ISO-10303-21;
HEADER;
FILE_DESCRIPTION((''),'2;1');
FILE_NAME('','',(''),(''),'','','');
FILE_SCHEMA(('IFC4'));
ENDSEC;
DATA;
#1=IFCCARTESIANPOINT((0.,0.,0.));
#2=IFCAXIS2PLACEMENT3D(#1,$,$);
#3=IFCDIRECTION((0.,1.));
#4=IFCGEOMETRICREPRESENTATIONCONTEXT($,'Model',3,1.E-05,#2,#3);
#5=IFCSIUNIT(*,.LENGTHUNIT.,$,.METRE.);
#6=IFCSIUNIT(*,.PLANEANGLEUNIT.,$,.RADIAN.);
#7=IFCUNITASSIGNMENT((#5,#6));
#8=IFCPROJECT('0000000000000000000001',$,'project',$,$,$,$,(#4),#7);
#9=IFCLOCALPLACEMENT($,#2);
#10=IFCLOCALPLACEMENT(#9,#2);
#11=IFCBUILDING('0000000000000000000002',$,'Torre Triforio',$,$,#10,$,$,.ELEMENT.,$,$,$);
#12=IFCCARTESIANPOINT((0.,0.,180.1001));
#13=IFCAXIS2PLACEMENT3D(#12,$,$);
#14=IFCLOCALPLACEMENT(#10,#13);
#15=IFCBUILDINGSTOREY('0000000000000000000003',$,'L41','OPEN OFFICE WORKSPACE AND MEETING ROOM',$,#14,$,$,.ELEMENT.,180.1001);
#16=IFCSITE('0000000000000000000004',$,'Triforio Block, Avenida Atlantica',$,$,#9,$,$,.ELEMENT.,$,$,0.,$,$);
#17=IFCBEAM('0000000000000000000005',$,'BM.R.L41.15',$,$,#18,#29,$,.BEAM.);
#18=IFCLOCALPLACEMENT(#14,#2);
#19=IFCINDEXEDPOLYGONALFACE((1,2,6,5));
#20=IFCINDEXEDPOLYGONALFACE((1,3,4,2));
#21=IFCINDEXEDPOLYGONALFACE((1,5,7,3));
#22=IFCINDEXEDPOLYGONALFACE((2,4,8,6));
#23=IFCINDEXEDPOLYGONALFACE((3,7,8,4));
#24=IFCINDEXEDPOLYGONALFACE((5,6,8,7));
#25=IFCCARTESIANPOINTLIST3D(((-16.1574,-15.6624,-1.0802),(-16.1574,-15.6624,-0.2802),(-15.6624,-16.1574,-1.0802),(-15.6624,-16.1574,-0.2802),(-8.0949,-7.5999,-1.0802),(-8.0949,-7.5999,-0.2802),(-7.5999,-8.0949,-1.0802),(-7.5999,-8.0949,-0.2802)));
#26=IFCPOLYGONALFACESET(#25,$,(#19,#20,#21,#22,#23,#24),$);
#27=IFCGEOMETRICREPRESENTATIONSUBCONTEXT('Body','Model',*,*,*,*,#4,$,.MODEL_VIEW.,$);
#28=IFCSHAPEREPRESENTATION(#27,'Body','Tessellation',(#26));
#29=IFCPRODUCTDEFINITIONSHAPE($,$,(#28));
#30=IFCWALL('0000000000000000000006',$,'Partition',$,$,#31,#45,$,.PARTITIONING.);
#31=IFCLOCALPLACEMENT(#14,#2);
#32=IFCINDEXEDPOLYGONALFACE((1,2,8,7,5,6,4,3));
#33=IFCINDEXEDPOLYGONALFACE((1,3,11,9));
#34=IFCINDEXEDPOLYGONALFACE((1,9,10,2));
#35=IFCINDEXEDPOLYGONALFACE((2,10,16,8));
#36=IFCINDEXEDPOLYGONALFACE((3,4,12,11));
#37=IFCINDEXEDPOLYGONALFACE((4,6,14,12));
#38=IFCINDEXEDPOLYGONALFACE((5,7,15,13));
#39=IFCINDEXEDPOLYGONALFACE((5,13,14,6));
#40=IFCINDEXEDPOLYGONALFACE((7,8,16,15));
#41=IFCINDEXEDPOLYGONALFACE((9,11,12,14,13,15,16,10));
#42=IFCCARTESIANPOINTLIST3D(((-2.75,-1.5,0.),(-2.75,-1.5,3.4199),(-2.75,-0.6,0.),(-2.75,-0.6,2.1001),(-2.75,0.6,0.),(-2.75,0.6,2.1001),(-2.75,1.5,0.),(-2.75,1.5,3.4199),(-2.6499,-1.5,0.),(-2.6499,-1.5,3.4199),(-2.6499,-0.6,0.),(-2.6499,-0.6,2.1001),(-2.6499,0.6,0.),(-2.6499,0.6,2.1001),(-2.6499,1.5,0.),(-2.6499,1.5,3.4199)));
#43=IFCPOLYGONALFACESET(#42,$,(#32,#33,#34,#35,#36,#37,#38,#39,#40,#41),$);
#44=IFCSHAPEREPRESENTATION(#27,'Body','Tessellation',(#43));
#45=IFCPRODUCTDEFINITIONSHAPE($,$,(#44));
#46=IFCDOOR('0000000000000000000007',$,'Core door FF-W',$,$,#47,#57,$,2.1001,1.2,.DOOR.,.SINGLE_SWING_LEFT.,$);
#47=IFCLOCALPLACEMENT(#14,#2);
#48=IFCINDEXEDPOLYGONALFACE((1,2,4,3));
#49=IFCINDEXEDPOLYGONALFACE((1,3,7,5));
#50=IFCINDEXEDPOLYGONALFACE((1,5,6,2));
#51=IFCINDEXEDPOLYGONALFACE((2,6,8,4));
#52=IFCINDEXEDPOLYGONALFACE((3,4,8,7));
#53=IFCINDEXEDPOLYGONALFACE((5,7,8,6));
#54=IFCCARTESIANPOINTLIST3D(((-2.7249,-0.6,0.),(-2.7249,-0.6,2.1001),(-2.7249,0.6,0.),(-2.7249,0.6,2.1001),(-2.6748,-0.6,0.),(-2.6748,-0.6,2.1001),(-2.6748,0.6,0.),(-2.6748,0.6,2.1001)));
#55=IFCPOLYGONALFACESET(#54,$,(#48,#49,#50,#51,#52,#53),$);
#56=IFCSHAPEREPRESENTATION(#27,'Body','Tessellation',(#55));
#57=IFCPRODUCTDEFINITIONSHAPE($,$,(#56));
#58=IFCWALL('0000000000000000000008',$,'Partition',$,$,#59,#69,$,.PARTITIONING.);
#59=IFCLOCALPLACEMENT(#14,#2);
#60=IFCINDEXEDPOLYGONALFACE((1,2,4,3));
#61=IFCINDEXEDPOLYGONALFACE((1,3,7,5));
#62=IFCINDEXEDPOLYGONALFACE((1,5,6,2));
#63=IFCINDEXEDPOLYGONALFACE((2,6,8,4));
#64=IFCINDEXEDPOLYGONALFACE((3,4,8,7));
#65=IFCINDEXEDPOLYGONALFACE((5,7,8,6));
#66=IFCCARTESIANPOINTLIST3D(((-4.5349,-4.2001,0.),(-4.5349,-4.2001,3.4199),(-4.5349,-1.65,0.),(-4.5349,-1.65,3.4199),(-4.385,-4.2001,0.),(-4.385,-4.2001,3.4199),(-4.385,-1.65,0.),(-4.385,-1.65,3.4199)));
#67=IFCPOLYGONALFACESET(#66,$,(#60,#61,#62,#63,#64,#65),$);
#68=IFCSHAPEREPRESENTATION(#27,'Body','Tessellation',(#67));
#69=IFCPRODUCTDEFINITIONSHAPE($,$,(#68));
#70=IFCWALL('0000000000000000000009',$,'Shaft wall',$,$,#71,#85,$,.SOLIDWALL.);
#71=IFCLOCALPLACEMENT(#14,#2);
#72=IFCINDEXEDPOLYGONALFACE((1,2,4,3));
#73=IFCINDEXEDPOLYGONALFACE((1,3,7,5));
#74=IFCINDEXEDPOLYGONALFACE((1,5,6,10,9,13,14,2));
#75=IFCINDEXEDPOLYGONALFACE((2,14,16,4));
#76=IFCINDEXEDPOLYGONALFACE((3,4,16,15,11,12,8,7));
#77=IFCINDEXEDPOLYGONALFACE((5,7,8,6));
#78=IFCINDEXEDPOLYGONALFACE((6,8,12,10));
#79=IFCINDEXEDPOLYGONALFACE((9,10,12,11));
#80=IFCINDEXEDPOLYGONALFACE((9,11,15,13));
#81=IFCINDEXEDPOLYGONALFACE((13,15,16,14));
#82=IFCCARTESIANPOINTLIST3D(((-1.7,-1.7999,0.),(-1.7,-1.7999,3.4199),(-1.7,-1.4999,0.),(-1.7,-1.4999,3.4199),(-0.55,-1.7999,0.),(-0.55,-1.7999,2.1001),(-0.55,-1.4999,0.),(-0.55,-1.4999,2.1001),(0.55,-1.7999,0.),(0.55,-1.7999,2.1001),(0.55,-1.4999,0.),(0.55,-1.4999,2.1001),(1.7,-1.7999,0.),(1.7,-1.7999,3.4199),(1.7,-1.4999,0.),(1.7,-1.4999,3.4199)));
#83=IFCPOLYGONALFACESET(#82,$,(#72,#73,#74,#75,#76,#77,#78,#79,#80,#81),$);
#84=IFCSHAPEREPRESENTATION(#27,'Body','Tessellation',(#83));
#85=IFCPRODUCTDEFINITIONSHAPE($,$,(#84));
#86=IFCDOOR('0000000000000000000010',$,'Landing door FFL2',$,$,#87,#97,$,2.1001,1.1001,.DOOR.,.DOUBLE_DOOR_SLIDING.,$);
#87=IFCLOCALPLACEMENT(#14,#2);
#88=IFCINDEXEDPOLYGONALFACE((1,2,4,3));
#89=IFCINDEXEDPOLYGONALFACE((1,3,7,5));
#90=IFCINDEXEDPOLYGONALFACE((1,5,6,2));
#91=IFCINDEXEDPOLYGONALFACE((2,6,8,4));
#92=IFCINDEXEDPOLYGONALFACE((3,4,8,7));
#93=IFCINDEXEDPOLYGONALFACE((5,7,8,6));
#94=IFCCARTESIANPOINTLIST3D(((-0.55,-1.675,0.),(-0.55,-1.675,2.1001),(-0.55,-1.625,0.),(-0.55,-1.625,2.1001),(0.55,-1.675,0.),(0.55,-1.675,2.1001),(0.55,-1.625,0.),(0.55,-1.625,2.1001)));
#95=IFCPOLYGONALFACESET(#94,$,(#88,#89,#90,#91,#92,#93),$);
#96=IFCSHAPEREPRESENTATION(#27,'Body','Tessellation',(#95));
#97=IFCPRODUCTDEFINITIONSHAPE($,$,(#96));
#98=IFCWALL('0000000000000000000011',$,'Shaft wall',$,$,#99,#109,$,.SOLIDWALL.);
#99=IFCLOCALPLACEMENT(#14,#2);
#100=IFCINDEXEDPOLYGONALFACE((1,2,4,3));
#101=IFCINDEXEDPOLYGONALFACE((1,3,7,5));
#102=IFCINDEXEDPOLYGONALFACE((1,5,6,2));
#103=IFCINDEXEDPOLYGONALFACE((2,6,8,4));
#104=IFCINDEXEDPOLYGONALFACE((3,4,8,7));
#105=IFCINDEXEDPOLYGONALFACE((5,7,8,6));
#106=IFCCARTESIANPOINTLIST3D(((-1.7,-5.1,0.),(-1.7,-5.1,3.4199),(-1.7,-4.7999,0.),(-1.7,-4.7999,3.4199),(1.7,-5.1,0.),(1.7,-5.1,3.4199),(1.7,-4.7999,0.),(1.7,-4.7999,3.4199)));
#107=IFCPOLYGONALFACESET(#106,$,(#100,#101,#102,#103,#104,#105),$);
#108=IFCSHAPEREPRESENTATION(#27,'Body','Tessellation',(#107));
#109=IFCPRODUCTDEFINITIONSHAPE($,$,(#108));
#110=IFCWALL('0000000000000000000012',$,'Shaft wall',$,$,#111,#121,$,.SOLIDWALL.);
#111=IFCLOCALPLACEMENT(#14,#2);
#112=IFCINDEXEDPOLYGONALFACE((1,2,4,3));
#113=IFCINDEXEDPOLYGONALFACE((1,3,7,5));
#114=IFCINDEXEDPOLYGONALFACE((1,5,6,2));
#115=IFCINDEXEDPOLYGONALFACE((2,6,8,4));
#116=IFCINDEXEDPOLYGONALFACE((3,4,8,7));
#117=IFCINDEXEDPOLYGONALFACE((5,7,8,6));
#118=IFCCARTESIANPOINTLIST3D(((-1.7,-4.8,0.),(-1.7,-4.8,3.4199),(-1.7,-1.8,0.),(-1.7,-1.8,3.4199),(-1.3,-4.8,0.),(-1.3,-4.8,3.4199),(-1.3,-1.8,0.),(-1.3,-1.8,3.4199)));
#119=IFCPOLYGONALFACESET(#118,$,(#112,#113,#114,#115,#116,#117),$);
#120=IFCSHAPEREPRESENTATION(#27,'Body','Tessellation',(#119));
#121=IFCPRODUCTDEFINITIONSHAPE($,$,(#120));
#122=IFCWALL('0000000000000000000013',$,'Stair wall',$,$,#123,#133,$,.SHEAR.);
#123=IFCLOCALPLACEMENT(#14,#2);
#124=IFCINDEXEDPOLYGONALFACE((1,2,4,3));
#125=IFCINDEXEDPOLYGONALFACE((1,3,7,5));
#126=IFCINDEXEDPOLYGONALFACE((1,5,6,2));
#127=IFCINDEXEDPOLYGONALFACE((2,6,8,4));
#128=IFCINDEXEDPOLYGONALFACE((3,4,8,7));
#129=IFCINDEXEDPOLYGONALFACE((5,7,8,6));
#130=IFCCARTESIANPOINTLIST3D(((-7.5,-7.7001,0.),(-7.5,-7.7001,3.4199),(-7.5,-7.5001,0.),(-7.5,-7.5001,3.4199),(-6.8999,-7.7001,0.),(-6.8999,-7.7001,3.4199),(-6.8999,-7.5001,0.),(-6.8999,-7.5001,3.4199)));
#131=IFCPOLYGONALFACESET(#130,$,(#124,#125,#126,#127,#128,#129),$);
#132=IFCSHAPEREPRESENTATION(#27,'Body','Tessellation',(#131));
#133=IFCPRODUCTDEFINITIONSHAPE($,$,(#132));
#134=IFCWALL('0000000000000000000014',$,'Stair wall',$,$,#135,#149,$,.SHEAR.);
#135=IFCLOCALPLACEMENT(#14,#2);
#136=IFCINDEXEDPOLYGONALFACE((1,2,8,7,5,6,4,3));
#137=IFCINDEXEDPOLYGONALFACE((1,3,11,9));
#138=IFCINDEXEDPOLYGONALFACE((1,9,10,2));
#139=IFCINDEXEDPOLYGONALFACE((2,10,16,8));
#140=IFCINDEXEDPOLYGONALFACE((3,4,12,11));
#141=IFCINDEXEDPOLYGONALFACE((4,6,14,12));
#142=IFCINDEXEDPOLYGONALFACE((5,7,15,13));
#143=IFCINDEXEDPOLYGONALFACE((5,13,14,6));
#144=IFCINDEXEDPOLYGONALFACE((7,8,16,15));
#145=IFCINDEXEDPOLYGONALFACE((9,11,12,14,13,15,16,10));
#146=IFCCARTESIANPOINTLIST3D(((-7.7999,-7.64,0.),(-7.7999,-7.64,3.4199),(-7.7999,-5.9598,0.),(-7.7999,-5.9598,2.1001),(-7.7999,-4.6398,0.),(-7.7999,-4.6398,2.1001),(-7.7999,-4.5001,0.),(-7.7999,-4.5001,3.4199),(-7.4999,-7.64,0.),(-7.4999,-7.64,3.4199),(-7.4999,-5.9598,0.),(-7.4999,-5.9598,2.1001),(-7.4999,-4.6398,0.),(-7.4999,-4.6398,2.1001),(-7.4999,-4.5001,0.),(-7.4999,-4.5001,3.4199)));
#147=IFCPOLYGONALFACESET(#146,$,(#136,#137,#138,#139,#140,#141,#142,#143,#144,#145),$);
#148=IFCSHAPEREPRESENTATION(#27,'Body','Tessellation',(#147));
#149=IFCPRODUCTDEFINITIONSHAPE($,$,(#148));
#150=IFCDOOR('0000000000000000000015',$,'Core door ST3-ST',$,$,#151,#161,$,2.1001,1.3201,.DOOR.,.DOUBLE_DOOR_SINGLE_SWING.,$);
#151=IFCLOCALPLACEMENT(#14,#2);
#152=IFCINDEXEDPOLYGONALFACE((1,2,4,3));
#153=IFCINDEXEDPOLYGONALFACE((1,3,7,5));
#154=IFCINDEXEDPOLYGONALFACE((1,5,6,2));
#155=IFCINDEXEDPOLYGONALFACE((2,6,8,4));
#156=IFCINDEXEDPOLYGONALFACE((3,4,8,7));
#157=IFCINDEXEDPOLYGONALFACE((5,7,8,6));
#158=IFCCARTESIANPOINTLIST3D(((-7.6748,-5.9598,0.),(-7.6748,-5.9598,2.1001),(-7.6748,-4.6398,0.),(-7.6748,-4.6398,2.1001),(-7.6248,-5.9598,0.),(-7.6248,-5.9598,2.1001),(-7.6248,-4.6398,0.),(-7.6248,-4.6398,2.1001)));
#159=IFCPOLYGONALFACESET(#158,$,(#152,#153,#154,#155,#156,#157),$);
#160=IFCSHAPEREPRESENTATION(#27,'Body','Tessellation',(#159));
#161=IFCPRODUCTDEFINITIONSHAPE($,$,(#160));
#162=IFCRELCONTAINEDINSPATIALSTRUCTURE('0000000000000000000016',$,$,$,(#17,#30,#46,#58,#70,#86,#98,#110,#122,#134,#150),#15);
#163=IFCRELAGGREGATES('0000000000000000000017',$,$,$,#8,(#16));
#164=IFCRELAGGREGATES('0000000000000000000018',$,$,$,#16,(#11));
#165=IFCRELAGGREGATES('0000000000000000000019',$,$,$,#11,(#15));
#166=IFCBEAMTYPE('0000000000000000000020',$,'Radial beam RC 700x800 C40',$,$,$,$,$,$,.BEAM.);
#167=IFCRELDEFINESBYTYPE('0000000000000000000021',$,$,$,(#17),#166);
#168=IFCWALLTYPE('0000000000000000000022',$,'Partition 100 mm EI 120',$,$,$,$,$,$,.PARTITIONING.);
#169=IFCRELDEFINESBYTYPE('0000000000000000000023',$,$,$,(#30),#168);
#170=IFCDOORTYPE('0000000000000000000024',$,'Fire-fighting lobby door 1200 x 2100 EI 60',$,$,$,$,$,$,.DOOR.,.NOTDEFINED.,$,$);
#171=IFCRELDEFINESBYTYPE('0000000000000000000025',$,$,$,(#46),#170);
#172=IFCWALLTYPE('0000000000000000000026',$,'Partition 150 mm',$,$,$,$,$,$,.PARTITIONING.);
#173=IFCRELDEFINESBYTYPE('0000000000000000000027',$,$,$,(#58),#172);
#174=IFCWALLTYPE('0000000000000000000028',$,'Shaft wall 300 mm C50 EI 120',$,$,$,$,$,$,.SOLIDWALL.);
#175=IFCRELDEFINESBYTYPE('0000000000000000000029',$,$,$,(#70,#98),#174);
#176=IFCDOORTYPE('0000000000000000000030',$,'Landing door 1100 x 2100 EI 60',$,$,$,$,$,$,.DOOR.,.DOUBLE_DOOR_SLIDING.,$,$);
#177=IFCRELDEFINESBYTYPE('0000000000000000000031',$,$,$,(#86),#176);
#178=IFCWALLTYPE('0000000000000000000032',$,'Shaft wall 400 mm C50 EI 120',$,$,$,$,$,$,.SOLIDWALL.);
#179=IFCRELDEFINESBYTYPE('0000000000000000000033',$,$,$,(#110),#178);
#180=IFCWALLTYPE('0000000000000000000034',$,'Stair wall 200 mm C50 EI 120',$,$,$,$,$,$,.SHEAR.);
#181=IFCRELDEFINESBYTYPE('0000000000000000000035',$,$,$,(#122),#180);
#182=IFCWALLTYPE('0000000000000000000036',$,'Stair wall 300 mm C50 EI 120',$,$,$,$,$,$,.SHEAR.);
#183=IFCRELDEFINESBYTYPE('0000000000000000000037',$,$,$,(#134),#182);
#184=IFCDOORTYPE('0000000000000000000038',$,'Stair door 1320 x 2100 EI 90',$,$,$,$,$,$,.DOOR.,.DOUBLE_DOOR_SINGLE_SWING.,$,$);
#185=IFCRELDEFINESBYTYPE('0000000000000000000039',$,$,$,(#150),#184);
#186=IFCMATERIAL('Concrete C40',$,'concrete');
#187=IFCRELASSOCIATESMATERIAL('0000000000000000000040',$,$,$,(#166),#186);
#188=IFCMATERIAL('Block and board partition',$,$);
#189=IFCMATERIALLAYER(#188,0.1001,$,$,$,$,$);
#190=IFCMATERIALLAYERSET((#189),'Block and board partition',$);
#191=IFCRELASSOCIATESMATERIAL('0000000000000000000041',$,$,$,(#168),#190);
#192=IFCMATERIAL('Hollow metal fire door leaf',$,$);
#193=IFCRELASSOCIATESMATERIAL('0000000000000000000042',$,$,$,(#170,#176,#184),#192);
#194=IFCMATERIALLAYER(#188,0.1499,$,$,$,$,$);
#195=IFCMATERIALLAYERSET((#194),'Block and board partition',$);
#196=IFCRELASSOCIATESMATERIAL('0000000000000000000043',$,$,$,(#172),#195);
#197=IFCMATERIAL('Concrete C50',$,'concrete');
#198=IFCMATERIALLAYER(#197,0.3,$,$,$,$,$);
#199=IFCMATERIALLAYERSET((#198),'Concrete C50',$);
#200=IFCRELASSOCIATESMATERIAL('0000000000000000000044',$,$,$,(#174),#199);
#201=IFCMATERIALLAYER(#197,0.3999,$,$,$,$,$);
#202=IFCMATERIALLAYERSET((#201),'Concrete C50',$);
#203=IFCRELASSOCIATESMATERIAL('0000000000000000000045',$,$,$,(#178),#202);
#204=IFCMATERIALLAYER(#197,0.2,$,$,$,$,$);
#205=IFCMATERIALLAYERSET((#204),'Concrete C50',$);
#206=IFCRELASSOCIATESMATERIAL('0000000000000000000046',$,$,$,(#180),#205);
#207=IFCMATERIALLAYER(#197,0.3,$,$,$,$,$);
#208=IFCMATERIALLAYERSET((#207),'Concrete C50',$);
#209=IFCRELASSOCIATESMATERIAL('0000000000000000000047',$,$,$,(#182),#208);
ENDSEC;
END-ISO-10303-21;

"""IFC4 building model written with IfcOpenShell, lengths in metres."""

from ifc_helpers import new_model, si_unit, direction, frame, frame_2d, origin, origin_2d, place, context, subcontext, project, spatial, rectangle, extrude, material, layer, layer_set, material_profile, profile_set, type_object, element, fill, save


model = new_model("IFC4")

# Units and contexts
model_context = context("Model", 3, precision=1e-05, world=origin(), true_north=direction((0.0, 1.0)))
body_context = subcontext(model_context, "Body", "Model", "MODEL_VIEW")
ifc_project = project(units=[si_unit("LENGTHUNIT", "METRE"), si_unit("PLANEANGLEUNIT", "RADIAN")], contexts=[model_context])

# Site, building, storey
site_placement = place(None, origin())
site = spatial("IfcSite", under=ifc_project, at=site_placement, Name="Triforio Block, Avenida Atlantica", CompositionType="ELEMENT", RefElevation=0.0)
building_placement = place(site_placement, origin())
building = spatial("IfcBuilding", under=site, at=building_placement, Name="Torre Triforio", CompositionType="ELEMENT")
storey_placement = place(building_placement, frame((0.0, 0.0, 180.1001)))
storey = spatial("IfcBuildingStorey", under=building, at=storey_placement, Name="L41", Description="OPEN OFFICE WORKSPACE AND MEETING ROOM", CompositionType="ELEMENT", Elevation=180.1001)

# Beam
ifc_material_1 = material(Name="Concrete C40", Category="concrete")
ifc_material_profile = material_profile(ifc_material_1, rectangle(XDim=0.7, YDim=0.8, at=origin_2d()), Name="RC 700x800")
ifc_profile_set = profile_set([ifc_material_profile], Name="Concrete C40")
beam_type = type_object("IfcBeamType", Name="Radial beam RC 700x800 C40", PredefinedType="BEAM", material=ifc_profile_set)
beam_placement = place(storey_placement, frame((-7.8474, -7.8474, -0.6802), z_axis=(-0.707107, -0.707107, 0.0), x_axis=(0.707107, -0.707107, 0.0)))
element("IfcBeam", 1, at=beam_placement, inside=storey, type_object=beam_type, Name="BM.R.L41.15", PredefinedType="BEAM", context=body_context, shape_type="SweptSolid", body=[
    extrude(rectangle(XDim=0.7, YDim=0.8, at=origin_2d()), origin(), (0.0, 0.0, 1.0), 11.4021),
])

# Wall, opening, door
ifc_material_2 = material(Name="Block and board partition")
ifc_layer_1 = layer(ifc_material_2, 0.1001)
ifc_layer_set_1 = layer_set([ifc_layer_1], Name="Block and board partition")
wall_type_1 = type_object("IfcWallType", Name="Partition 100 mm EI 120", PredefinedType="PARTITIONING", material=ifc_layer_set_1)
wall_1_placement = place(storey_placement, frame((-2.7, -1.5, 0.0), z_axis=(0.0, 0.0, 1.0), x_axis=(0.0, 1.0, 0.0)))
wall_1 = element("IfcWall", 2, at=wall_1_placement, inside=storey, type_object=wall_type_1, Name="Partition", PredefinedType="PARTITIONING", context=body_context, shape_type="SweptSolid", body=[
    extrude(rectangle(XDim=3.0, YDim=0.1001, at=frame_2d((1.5, 0.0))), origin(), (0.0, 0.0, 1.0), 3.4199),
])
opening_1_placement = place(wall_1_placement, frame((0.8999, 0.0, 0.0)))
opening_1 = element("IfcOpeningElement", 3, at=opening_1_placement, cuts=wall_1, PredefinedType="OPENING", context=body_context, shape_type="SweptSolid", body=[
    extrude(rectangle(XDim=1.2, YDim=2.1001, at=frame_2d((0.6001, 1.05))), frame((0.0, 0.0601, 0.0), z_axis=(0.0, -1.0, 0.0), x_axis=(1.0, 0.0, 0.0)), (0.0, 0.0, 1.0), 0.1201),
])
ifc_material_3 = material(Name="Hollow metal fire door leaf")
door_type_1 = type_object("IfcDoorType", Name="Fire-fighting lobby door 1200 x 2100 EI 60", OperationType="NOTDEFINED", PredefinedType="DOOR", material=ifc_material_3)
door_1_placement = place(opening_1_placement, origin())
door_1 = element("IfcDoor", 4, at=door_1_placement, inside=storey, type_object=door_type_1, Name="Core door FF-W", OperationType="SINGLE_SWING_LEFT", OverallHeight=2.1001, OverallWidth=1.2, PredefinedType="DOOR", context=body_context, shape_type="SweptSolid", body=[
    extrude(rectangle(XDim=1.2, YDim=2.1001, at=frame_2d((0.6001, 1.05))), frame((0.0, 0.0249, 0.0), z_axis=(0.0, -1.0, 0.0), x_axis=(1.0, 0.0, 0.0)), (0.0, 0.0, 1.0), 0.05),
])
fill(opening_1, door_1)

# Wall
ifc_layer_2 = layer(ifc_material_2, 0.1499)
ifc_layer_set_2 = layer_set([ifc_layer_2], Name="Block and board partition")
wall_type_2 = type_object("IfcWallType", Name="Partition 150 mm", PredefinedType="PARTITIONING", material=ifc_layer_set_2)
wall_2_placement = place(storey_placement, frame((-4.46, -4.2, 0.0), z_axis=(0.0, 0.0, 1.0), x_axis=(0.0, 1.0, 0.0)))
element("IfcWall", 5, at=wall_2_placement, inside=storey, type_object=wall_type_2, Name="Partition", PredefinedType="PARTITIONING", context=body_context, shape_type="SweptSolid", body=[
    extrude(rectangle(XDim=2.55, YDim=0.1499, at=frame_2d((1.2749, 0.0))), origin(), (0.0, 0.0, 1.0), 3.4199),
])

# Wall, opening, door
ifc_material_4 = material(Name="Concrete C50", Category="concrete")
ifc_layer_3 = layer(ifc_material_4, 0.3)
ifc_layer_set_3 = layer_set([ifc_layer_3], Name="Concrete C50")
wall_type_3 = type_object("IfcWallType", Name="Shaft wall 300 mm C50 EI 120", PredefinedType="SOLIDWALL", material=ifc_layer_set_3)
wall_3_placement = place(storey_placement, frame((-1.7, -1.6499, 0.0), z_axis=(0.0, 0.0, 1.0), x_axis=(1.0, 0.0, 0.0)))
wall_3 = element("IfcWall", 6, at=wall_3_placement, inside=storey, type_object=wall_type_3, Name="Shaft wall", PredefinedType="SOLIDWALL", context=body_context, shape_type="SweptSolid", body=[
    extrude(rectangle(XDim=3.3999, YDim=0.3, at=frame_2d((1.7, 0.0))), origin(), (0.0, 0.0, 1.0), 3.4199),
])
opening_2_placement = place(wall_3_placement, frame((1.1499, 0.0, 0.0)))
opening_2 = element("IfcOpeningElement", 7, at=opening_2_placement, cuts=wall_3, PredefinedType="OPENING", context=body_context, shape_type="SweptSolid", body=[
    extrude(rectangle(XDim=1.1001, YDim=2.1001, at=frame_2d((0.55, 1.05))), frame((0.0, 0.1599, 0.0), z_axis=(0.0, -1.0, 0.0), x_axis=(1.0, 0.0, 0.0)), (0.0, 0.0, 1.0), 0.3201),
])
door_type_2 = type_object("IfcDoorType", Name="Landing door 1100 x 2100 EI 60", OperationType="DOUBLE_DOOR_SLIDING", PredefinedType="DOOR", material=ifc_material_3)
door_2_placement = place(opening_2_placement, origin())
door_2 = element("IfcDoor", 8, at=door_2_placement, inside=storey, type_object=door_type_2, Name="Landing door FFL2", OperationType="DOUBLE_DOOR_SLIDING", OverallHeight=2.1001, OverallWidth=1.1001, PredefinedType="DOOR", context=body_context, shape_type="SweptSolid", body=[
    extrude(rectangle(XDim=1.1001, YDim=2.1001, at=frame_2d((0.55, 1.05))), frame((0.0, 0.0249, 0.0), z_axis=(0.0, -1.0, 0.0), x_axis=(1.0, 0.0, 0.0)), (0.0, 0.0, 1.0), 0.05),
])
fill(opening_2, door_2)

# Walls
wall_4_placement = place(storey_placement, frame((-1.7, -4.95, 0.0), z_axis=(0.0, 0.0, 1.0), x_axis=(1.0, 0.0, 0.0)))
element("IfcWall", 9, at=wall_4_placement, inside=storey, type_object=wall_type_3, Name="Shaft wall", PredefinedType="SOLIDWALL", context=body_context, shape_type="SweptSolid", body=[
    extrude(rectangle(XDim=3.3999, YDim=0.3, at=frame_2d((1.7, 0.0))), origin(), (0.0, 0.0, 1.0), 3.4199),
])
ifc_layer_4 = layer(ifc_material_4, 0.3999)
ifc_layer_set_4 = layer_set([ifc_layer_4], Name="Concrete C50")
wall_type_4 = type_object("IfcWallType", Name="Shaft wall 400 mm C50 EI 120", PredefinedType="SOLIDWALL", material=ifc_layer_set_4)
wall_5_placement = place(storey_placement, frame((-1.5, -4.8, 0.0), z_axis=(0.0, 0.0, 1.0), x_axis=(0.0, 1.0, 0.0)))
element("IfcWall", 10, at=wall_5_placement, inside=storey, type_object=wall_type_4, Name="Shaft wall", PredefinedType="SOLIDWALL", context=body_context, shape_type="SweptSolid", body=[
    extrude(rectangle(XDim=3.0, YDim=0.3999, at=frame_2d((1.5, 0.0))), origin(), (0.0, 0.0, 1.0), 3.4199),
])
ifc_layer_5 = layer(ifc_material_4, 0.2)
ifc_layer_set_5 = layer_set([ifc_layer_5], Name="Concrete C50")
wall_type_5 = type_object("IfcWallType", Name="Stair wall 200 mm C50 EI 120", PredefinedType="SHEAR", material=ifc_layer_set_5)
wall_6_placement = place(storey_placement, frame((-7.5, -7.6001, 0.0), z_axis=(0.0, 0.0, 1.0), x_axis=(1.0, 0.0, 0.0)))
element("IfcWall", 11, at=wall_6_placement, inside=storey, type_object=wall_type_5, Name="Stair wall", PredefinedType="SHEAR", context=body_context, shape_type="SweptSolid", body=[
    extrude(rectangle(XDim=0.6001, YDim=0.2, at=frame_2d((0.3, 0.0))), origin(), (0.0, 0.0, 1.0), 3.4199),
])

# Wall, opening, door
ifc_layer_6 = layer(ifc_material_4, 0.3)
ifc_layer_set_6 = layer_set([ifc_layer_6], Name="Concrete C50")
wall_type_6 = type_object("IfcWallType", Name="Stair wall 300 mm C50 EI 120", PredefinedType="SHEAR", material=ifc_layer_set_6)
wall_7_placement = place(storey_placement, frame((-7.6499, -7.6399, 0.0), z_axis=(0.0, 0.0, 1.0), x_axis=(0.0, 1.0, 0.0)))
wall_7 = element("IfcWall", 12, at=wall_7_placement, inside=storey, type_object=wall_type_6, Name="Stair wall", PredefinedType="SHEAR", context=body_context, shape_type="SweptSolid", body=[
    extrude(rectangle(XDim=3.1399, YDim=0.3, at=frame_2d((1.5698, 0.0))), origin(), (0.0, 0.0, 1.0), 3.4199),
])
opening_3_placement = place(wall_7_placement, frame((1.6799, 0.0, 0.0)))
opening_3 = element("IfcOpeningElement", 13, at=opening_3_placement, cuts=wall_7, PredefinedType="OPENING", context=body_context, shape_type="SweptSolid", body=[
    extrude(rectangle(XDim=1.3201, YDim=2.1001, at=frame_2d((0.6602, 1.05))), frame((0.0, 0.1599, 0.0), z_axis=(0.0, -1.0, 0.0), x_axis=(1.0, 0.0, 0.0)), (0.0, 0.0, 1.0), 0.3201),
])
door_type_3 = type_object("IfcDoorType", Name="Stair door 1320 x 2100 EI 90", OperationType="DOUBLE_DOOR_SINGLE_SWING", PredefinedType="DOOR", material=ifc_material_3)
door_3_placement = place(opening_3_placement, origin())
door_3 = element("IfcDoor", 14, at=door_3_placement, inside=storey, type_object=door_type_3, Name="Core door ST3-ST", OperationType="DOUBLE_DOOR_SINGLE_SWING", OverallHeight=2.1001, OverallWidth=1.3201, PredefinedType="DOOR", context=body_context, shape_type="SweptSolid", body=[
    extrude(rectangle(XDim=1.3201, YDim=2.1001, at=frame_2d((0.6602, 1.05))), frame((0.0, 0.0249, 0.0), z_axis=(0.0, -1.0, 0.0), x_axis=(1.0, 0.0, 0.0)), (0.0, 0.0, 1.0), 0.05),
])
fill(opening_3, door_3)

save(model, "model.ifc")
